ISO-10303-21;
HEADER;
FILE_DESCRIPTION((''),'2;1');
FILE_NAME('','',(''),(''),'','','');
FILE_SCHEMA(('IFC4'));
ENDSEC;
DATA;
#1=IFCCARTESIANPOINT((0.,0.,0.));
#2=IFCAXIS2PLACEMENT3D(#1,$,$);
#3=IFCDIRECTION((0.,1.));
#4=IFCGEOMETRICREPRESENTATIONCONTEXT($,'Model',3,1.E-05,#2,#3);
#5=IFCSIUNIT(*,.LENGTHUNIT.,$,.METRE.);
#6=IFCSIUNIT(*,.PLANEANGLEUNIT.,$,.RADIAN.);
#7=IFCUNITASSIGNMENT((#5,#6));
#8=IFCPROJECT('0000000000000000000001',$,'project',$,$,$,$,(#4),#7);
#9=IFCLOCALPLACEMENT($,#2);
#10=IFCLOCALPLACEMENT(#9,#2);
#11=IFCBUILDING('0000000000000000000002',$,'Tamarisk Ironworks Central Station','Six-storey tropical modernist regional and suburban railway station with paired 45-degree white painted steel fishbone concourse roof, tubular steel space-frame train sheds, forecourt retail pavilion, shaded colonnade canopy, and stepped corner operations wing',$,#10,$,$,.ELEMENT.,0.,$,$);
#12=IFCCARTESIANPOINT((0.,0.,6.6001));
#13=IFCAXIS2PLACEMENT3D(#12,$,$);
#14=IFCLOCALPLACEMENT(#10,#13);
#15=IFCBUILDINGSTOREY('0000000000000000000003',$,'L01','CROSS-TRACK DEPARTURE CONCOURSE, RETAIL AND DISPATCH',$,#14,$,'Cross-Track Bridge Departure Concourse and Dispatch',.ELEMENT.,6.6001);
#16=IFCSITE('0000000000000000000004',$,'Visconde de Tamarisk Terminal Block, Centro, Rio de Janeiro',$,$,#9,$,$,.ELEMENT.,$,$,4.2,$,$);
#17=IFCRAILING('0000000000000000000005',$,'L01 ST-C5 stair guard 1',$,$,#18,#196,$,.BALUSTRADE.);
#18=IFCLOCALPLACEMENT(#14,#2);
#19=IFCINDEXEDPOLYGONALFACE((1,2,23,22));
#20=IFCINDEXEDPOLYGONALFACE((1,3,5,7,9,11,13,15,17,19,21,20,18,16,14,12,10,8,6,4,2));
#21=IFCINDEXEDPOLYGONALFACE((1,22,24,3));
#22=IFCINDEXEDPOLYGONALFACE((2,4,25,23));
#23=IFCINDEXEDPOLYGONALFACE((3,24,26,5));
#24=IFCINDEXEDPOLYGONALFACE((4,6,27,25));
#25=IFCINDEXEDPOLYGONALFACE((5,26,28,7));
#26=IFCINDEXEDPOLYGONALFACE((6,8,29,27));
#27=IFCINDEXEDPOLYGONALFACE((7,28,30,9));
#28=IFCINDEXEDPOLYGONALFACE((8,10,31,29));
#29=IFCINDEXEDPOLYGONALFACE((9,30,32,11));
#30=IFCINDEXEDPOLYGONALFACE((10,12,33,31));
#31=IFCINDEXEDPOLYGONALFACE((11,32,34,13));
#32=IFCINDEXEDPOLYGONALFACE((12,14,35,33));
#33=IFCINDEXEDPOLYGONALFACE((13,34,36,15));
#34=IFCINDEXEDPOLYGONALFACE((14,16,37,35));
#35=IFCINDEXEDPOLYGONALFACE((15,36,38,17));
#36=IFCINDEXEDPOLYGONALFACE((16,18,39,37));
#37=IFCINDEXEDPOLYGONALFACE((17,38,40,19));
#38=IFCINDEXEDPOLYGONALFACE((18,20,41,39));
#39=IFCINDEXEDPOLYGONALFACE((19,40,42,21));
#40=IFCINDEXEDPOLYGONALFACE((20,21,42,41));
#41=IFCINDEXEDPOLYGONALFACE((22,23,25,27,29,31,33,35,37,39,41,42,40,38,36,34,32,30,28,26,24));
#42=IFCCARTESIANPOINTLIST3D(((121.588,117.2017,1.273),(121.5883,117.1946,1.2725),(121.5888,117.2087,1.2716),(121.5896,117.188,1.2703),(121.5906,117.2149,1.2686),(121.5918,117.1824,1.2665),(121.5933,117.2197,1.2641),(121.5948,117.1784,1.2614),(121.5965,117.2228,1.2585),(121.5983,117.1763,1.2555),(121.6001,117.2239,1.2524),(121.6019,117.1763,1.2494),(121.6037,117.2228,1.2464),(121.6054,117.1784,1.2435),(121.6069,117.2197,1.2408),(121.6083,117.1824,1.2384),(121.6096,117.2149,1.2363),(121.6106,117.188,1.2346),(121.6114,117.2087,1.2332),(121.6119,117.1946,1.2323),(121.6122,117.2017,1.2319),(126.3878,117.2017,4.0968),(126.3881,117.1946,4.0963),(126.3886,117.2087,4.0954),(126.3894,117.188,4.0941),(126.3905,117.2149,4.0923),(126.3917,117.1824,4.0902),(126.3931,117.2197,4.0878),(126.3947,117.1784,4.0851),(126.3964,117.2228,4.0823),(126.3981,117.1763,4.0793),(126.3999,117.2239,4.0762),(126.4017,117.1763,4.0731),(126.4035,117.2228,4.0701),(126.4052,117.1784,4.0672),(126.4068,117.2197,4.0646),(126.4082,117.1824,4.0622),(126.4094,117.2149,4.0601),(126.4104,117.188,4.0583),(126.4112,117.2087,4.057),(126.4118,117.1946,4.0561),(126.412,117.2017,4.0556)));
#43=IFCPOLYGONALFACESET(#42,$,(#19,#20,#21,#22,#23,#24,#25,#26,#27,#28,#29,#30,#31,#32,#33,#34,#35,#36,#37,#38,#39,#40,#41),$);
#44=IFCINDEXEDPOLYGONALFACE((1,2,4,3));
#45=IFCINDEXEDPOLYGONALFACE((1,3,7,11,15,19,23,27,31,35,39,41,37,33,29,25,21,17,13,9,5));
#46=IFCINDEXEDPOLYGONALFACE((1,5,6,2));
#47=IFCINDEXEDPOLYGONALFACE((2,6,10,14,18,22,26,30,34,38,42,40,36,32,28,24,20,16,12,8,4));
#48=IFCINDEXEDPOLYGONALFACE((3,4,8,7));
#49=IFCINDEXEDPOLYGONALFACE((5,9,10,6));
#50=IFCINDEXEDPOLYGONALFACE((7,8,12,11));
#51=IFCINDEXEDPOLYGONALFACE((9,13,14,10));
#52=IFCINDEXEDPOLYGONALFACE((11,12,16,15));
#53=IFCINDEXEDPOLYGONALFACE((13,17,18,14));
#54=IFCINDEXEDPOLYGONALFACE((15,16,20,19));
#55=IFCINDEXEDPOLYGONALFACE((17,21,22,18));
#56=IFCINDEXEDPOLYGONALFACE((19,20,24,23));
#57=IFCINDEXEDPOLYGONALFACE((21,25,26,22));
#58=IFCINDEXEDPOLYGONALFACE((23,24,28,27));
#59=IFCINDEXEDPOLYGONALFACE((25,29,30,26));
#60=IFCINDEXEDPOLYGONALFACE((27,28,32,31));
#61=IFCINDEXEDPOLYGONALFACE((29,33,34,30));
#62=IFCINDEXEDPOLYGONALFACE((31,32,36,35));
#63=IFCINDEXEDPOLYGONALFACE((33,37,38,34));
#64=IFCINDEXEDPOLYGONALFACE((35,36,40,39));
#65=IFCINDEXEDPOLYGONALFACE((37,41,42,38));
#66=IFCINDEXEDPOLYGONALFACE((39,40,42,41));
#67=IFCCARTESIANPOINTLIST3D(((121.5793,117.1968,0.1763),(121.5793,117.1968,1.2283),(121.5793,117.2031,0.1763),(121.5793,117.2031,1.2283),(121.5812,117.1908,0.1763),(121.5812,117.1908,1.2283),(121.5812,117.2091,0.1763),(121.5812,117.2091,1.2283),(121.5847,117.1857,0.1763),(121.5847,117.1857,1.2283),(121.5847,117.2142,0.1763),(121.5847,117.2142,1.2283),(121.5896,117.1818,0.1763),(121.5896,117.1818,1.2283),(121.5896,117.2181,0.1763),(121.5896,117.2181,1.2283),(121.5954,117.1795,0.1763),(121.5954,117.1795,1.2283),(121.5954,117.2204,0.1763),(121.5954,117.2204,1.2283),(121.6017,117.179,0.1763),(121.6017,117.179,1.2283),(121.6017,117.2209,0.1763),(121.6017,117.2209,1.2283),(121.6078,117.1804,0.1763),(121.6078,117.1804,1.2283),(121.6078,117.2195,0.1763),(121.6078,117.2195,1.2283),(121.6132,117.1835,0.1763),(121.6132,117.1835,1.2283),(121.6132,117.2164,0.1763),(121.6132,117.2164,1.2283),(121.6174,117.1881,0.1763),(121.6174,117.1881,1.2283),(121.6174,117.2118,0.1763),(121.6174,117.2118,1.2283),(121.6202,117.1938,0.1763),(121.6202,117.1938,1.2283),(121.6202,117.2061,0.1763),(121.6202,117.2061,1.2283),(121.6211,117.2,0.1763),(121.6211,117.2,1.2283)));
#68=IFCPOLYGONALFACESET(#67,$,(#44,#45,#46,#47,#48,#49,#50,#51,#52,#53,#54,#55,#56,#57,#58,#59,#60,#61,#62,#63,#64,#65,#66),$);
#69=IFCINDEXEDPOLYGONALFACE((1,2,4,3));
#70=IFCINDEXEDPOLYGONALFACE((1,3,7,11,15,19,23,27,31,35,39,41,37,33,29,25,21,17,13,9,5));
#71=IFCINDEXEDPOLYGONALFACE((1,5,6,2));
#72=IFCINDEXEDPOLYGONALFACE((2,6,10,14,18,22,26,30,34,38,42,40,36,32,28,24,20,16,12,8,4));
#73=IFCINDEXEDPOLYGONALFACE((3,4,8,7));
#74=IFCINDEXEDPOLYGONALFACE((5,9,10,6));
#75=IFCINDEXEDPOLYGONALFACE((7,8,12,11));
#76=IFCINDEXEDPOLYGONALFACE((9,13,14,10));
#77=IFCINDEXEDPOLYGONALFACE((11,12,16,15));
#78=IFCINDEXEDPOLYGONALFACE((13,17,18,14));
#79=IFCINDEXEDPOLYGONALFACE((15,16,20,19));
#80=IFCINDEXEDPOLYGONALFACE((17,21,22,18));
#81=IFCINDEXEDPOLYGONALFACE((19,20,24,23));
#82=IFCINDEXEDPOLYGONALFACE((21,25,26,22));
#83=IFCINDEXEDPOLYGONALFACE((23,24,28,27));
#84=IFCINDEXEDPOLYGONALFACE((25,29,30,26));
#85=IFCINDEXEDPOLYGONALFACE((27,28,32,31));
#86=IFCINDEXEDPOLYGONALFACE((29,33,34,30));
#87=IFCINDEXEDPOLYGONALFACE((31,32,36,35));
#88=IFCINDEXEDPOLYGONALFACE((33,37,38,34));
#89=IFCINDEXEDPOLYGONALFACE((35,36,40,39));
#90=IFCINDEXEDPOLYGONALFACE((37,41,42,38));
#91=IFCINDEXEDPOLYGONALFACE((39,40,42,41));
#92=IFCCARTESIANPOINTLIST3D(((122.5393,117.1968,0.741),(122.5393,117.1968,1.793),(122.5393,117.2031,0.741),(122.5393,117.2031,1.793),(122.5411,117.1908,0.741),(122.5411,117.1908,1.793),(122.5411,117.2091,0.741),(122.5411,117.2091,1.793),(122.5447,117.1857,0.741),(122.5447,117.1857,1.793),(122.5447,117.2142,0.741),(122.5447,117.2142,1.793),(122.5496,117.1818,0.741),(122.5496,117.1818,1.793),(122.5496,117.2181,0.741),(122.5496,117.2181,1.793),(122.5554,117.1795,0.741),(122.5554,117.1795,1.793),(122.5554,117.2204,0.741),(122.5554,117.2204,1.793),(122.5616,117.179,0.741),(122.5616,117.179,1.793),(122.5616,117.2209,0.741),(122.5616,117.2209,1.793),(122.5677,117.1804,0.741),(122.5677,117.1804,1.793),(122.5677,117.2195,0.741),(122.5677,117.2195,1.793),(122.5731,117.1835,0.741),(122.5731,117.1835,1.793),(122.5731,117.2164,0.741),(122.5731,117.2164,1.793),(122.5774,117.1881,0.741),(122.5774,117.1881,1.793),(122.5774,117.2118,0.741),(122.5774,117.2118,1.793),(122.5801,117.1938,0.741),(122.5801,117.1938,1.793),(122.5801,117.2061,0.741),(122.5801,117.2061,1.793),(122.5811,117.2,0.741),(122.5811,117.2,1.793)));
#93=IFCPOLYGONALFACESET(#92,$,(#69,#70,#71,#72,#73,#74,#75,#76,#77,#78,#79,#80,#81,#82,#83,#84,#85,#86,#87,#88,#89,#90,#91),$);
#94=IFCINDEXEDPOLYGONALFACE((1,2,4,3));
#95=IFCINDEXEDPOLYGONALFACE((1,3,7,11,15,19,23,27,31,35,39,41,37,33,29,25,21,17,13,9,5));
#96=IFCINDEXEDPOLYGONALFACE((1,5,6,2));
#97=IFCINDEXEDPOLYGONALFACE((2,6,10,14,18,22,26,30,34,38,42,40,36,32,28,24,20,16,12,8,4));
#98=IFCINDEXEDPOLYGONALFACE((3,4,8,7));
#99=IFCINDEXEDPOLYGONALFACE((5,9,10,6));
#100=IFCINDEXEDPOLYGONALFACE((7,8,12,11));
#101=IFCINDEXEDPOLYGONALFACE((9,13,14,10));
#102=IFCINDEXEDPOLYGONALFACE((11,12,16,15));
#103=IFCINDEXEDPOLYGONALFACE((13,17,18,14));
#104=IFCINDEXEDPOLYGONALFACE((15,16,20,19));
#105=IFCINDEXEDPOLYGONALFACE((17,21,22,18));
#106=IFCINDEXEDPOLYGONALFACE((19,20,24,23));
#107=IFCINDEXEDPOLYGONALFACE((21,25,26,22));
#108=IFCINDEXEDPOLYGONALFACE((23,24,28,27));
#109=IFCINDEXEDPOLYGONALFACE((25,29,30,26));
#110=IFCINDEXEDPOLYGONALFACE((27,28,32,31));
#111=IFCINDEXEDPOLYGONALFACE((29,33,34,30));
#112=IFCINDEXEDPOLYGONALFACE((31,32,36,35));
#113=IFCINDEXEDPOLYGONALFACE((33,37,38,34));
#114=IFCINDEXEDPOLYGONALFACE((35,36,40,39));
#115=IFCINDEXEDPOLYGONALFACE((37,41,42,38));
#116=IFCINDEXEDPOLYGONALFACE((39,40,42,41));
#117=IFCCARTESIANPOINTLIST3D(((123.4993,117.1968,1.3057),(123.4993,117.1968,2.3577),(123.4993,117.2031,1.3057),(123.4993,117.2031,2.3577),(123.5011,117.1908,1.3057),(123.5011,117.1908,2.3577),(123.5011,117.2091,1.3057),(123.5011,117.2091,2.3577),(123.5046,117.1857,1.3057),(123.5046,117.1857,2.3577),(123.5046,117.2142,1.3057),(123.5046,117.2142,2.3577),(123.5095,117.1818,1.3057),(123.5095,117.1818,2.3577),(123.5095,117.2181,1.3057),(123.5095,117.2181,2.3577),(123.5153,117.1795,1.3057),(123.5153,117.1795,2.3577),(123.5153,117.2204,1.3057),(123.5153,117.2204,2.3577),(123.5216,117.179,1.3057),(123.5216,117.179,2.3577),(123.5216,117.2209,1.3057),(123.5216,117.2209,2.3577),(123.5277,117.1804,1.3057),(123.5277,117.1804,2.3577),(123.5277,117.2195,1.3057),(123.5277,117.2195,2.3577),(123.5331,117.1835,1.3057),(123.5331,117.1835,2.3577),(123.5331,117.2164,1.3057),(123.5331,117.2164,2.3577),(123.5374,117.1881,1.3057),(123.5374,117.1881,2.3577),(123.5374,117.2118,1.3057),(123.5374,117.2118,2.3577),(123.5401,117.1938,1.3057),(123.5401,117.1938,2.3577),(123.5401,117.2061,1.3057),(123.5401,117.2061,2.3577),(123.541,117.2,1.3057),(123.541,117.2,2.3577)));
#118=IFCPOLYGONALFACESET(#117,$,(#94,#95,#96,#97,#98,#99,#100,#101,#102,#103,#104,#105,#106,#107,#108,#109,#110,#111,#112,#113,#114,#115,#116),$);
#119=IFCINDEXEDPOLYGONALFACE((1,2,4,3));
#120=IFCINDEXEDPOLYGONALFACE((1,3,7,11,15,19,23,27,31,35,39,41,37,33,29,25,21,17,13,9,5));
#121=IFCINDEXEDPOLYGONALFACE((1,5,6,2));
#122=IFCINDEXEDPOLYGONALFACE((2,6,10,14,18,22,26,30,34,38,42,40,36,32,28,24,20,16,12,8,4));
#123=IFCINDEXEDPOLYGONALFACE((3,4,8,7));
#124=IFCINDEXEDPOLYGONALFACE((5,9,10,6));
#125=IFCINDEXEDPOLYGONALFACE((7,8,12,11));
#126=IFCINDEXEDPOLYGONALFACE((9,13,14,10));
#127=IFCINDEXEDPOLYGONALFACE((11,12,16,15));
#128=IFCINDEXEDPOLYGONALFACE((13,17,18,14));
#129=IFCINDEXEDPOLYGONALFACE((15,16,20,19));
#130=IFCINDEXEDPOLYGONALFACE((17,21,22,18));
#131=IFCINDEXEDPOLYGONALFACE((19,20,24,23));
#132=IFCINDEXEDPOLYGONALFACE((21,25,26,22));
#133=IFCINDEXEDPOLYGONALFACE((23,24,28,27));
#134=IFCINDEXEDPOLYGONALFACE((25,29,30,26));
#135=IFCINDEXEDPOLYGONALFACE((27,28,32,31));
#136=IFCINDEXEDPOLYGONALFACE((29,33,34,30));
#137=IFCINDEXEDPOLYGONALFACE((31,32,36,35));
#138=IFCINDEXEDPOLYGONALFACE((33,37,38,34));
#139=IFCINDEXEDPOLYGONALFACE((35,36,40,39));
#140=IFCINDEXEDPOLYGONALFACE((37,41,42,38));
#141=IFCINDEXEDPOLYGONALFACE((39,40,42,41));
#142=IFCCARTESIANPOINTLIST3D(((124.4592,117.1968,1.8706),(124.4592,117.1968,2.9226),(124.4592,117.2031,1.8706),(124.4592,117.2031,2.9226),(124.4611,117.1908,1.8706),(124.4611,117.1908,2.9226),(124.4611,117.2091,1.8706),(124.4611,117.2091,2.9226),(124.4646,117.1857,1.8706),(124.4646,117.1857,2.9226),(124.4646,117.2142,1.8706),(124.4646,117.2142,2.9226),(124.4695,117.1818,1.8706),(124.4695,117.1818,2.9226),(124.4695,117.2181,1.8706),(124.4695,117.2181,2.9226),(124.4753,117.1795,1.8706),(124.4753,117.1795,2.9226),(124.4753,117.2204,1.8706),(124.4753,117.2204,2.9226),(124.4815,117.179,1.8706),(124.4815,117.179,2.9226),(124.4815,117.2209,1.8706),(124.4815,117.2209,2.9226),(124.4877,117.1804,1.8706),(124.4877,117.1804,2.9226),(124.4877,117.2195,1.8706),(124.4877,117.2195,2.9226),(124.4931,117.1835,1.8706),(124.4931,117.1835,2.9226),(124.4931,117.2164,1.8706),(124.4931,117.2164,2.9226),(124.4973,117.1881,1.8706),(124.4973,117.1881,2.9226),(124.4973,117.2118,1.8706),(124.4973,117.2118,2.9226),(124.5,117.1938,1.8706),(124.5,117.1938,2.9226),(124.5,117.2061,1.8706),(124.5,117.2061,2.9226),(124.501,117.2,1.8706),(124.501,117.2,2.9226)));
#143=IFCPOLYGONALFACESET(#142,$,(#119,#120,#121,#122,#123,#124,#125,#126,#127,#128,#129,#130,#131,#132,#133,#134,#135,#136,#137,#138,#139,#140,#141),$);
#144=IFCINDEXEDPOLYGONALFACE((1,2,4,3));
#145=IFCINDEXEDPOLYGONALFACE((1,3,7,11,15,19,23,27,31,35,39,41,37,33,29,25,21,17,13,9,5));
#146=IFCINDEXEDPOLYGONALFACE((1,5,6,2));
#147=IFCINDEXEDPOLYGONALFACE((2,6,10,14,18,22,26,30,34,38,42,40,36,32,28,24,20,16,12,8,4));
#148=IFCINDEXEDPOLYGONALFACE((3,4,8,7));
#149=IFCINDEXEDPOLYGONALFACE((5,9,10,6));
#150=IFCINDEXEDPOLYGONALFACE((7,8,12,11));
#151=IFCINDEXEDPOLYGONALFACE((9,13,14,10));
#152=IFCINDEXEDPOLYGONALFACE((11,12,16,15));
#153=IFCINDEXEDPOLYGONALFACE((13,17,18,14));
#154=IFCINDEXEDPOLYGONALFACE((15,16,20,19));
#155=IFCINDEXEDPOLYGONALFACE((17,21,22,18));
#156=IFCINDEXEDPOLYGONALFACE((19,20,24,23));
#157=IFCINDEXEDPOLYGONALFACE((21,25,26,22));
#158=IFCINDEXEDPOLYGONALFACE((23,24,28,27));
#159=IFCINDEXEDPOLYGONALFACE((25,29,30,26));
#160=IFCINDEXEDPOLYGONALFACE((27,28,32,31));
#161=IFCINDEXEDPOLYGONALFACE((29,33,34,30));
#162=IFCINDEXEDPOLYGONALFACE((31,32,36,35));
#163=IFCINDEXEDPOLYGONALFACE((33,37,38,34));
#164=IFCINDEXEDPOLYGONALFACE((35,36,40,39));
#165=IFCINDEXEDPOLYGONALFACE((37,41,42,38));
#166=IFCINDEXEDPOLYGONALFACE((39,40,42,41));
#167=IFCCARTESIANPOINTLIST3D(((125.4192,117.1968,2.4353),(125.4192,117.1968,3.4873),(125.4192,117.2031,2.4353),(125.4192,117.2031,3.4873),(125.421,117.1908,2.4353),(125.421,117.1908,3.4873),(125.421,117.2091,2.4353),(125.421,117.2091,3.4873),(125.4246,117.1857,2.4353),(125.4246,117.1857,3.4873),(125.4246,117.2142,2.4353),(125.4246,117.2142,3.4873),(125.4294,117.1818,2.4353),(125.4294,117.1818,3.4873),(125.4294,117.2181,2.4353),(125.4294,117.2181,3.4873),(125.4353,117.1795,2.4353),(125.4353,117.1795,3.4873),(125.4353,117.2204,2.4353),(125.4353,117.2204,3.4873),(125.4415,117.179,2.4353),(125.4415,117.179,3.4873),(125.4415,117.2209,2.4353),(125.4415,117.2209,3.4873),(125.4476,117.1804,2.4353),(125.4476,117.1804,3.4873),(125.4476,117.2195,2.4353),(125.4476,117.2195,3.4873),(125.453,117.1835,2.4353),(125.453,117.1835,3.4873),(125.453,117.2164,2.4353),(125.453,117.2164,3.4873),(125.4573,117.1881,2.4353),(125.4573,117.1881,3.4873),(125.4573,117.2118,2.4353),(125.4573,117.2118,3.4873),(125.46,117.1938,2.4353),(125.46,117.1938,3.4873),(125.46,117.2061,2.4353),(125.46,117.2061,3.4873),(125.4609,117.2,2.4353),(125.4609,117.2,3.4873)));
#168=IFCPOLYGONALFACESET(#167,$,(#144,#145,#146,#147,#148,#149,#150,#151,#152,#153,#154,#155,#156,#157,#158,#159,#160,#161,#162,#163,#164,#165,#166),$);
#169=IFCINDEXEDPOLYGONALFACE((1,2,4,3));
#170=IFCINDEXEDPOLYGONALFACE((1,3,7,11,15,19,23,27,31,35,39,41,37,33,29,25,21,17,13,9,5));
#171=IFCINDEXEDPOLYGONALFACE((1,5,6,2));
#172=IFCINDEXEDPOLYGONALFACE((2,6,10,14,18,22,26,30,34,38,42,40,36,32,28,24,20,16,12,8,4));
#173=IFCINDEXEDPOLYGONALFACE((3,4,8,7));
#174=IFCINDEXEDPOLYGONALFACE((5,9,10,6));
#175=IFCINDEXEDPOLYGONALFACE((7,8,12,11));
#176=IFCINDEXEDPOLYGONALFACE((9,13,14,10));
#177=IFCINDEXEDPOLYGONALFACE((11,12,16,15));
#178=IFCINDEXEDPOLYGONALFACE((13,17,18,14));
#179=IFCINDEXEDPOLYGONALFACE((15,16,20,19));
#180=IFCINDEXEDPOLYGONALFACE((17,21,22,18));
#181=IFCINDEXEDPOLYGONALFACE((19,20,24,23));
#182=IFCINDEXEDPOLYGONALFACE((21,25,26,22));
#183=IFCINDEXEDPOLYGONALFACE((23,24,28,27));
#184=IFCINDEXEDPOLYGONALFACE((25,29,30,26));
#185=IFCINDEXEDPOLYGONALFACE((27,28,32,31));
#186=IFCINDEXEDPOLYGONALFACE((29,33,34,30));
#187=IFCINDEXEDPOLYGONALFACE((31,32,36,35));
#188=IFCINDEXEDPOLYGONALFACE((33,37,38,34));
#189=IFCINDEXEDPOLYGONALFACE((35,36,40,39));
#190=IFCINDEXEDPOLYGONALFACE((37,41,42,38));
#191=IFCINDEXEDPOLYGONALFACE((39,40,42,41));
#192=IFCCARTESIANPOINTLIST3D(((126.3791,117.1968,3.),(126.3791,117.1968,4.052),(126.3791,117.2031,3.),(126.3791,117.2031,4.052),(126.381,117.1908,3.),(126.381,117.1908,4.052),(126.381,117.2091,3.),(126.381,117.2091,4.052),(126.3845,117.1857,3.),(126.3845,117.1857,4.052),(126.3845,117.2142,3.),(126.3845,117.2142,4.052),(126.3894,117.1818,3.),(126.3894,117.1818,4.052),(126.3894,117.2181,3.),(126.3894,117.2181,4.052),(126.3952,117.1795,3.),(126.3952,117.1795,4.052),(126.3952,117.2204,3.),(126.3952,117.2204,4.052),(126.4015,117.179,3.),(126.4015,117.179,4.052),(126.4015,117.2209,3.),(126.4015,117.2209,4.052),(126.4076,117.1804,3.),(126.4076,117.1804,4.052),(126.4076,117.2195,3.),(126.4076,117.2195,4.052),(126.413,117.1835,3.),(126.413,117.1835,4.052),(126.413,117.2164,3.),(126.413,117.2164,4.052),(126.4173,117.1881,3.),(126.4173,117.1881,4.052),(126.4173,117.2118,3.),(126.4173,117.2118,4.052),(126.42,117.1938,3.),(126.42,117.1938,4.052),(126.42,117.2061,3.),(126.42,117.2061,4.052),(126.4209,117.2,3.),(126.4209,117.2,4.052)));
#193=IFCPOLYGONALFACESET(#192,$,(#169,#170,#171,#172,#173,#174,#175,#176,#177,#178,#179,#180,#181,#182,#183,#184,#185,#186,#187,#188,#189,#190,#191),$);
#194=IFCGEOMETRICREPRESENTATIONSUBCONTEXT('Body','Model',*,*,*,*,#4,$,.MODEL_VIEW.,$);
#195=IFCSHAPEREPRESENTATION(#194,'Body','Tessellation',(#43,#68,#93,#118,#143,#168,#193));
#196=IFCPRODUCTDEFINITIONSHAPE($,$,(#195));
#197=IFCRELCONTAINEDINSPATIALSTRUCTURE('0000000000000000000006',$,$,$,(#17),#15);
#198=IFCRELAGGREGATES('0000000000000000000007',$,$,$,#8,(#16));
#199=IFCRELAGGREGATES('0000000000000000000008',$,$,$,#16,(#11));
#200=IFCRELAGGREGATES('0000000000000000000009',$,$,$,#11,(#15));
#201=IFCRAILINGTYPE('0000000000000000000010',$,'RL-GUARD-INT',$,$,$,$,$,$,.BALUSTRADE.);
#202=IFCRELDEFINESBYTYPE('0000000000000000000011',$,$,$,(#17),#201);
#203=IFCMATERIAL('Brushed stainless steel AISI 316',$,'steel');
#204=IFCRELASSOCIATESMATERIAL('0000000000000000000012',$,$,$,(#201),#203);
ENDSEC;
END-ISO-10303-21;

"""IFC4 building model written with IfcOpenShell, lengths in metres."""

from ifc_helpers import new_model, si_unit, direction, frame, origin, origin_2d, place, context, subcontext, project, spatial, circle, extrude, material, type_object, element, save


model = new_model("IFC4")

# Units and contexts
model_context = context("Model", 3, precision=1e-05, world=origin(), true_north=direction((0.0, 1.0)))
body_context = subcontext(model_context, "Body", "Model", "MODEL_VIEW")
ifc_project = project(units=[si_unit("LENGTHUNIT", "METRE"), si_unit("PLANEANGLEUNIT", "RADIAN")], contexts=[model_context])

# Site, building, storey
site_placement = place(None, origin())
site = spatial("IfcSite", under=ifc_project, at=site_placement, Name="Visconde de Tamarisk Terminal Block, Centro, Rio de Janeiro", CompositionType="ELEMENT", RefElevation=4.2)
building_placement = place(site_placement, origin())
building = spatial("IfcBuilding", under=site, at=building_placement, Name="Tamarisk Ironworks Central Station", Description="Six-storey tropical modernist regional and suburban railway station with paired 45-degree white painted steel fishbone concourse roof, tubular steel space-frame train sheds, forecourt retail pavilion, shaded colonnade canopy, and stepped corner operations wing", CompositionType="ELEMENT", ElevationOfRefHeight=0.0)
storey_placement = place(building_placement, frame((0.0, 0.0, 6.6001)))
storey = spatial("IfcBuildingStorey", under=building, at=storey_placement, Name="L01", Description="CROSS-TRACK DEPARTURE CONCOURSE, RETAIL AND DISPATCH", LongName="Cross-Track Bridge Departure Concourse and Dispatch", CompositionType="ELEMENT", Elevation=6.6001)

# Railing
ifc_material_1 = material(Name="Brushed stainless steel AISI 316", Category="steel")
railing_type_1 = type_object("IfcRailingType", Name="RL-GUARD-INT", PredefinedType="BALUSTRADE", material=ifc_material_1)
railing_1_placement = place(storey_placement, frame((121.6001, 117.2, 0.1763)))
element("IfcRailing", 1, at=railing_1_placement, inside=storey, type_object=railing_type_1, Name="L01 ST-C5 stair guard 1", PredefinedType="BALUSTRADE", context=body_context, shape_type="SweptSolid", body=[
    extrude(circle(Radius=0.0239, at=origin_2d()), frame((0.0, 0.0, 1.0762), z_axis=(0.861909, 0.0, 0.507062), x_axis=(0.0, 1.0, 0.0)), (0.0, 0.0, 1.0), 5.5688),
    extrude(circle(Radius=0.021, at=origin_2d()), origin(), (0.0, 0.0, 1.0), 1.052),
    extrude(circle(Radius=0.021, at=origin_2d()), frame((0.96, 0.0, 0.5647)), (0.0, 0.0, 1.0), 1.052),
    extrude(circle(Radius=0.021, at=origin_2d()), frame((1.9199, 0.0, 1.1294)), (0.0, 0.0, 1.0), 1.052),
    extrude(circle(Radius=0.021, at=origin_2d()), frame((2.8799, 0.0, 1.6943)), (0.0, 0.0, 1.0), 1.052),
    extrude(circle(Radius=0.021, at=origin_2d()), frame((3.8398, 0.0, 2.259)), (0.0, 0.0, 1.0), 1.052),
    extrude(circle(Radius=0.021, at=origin_2d()), frame((4.7998, 0.0, 2.8237)), (0.0, 0.0, 1.0), 1.052),
])

save(model, "model.ifc")
